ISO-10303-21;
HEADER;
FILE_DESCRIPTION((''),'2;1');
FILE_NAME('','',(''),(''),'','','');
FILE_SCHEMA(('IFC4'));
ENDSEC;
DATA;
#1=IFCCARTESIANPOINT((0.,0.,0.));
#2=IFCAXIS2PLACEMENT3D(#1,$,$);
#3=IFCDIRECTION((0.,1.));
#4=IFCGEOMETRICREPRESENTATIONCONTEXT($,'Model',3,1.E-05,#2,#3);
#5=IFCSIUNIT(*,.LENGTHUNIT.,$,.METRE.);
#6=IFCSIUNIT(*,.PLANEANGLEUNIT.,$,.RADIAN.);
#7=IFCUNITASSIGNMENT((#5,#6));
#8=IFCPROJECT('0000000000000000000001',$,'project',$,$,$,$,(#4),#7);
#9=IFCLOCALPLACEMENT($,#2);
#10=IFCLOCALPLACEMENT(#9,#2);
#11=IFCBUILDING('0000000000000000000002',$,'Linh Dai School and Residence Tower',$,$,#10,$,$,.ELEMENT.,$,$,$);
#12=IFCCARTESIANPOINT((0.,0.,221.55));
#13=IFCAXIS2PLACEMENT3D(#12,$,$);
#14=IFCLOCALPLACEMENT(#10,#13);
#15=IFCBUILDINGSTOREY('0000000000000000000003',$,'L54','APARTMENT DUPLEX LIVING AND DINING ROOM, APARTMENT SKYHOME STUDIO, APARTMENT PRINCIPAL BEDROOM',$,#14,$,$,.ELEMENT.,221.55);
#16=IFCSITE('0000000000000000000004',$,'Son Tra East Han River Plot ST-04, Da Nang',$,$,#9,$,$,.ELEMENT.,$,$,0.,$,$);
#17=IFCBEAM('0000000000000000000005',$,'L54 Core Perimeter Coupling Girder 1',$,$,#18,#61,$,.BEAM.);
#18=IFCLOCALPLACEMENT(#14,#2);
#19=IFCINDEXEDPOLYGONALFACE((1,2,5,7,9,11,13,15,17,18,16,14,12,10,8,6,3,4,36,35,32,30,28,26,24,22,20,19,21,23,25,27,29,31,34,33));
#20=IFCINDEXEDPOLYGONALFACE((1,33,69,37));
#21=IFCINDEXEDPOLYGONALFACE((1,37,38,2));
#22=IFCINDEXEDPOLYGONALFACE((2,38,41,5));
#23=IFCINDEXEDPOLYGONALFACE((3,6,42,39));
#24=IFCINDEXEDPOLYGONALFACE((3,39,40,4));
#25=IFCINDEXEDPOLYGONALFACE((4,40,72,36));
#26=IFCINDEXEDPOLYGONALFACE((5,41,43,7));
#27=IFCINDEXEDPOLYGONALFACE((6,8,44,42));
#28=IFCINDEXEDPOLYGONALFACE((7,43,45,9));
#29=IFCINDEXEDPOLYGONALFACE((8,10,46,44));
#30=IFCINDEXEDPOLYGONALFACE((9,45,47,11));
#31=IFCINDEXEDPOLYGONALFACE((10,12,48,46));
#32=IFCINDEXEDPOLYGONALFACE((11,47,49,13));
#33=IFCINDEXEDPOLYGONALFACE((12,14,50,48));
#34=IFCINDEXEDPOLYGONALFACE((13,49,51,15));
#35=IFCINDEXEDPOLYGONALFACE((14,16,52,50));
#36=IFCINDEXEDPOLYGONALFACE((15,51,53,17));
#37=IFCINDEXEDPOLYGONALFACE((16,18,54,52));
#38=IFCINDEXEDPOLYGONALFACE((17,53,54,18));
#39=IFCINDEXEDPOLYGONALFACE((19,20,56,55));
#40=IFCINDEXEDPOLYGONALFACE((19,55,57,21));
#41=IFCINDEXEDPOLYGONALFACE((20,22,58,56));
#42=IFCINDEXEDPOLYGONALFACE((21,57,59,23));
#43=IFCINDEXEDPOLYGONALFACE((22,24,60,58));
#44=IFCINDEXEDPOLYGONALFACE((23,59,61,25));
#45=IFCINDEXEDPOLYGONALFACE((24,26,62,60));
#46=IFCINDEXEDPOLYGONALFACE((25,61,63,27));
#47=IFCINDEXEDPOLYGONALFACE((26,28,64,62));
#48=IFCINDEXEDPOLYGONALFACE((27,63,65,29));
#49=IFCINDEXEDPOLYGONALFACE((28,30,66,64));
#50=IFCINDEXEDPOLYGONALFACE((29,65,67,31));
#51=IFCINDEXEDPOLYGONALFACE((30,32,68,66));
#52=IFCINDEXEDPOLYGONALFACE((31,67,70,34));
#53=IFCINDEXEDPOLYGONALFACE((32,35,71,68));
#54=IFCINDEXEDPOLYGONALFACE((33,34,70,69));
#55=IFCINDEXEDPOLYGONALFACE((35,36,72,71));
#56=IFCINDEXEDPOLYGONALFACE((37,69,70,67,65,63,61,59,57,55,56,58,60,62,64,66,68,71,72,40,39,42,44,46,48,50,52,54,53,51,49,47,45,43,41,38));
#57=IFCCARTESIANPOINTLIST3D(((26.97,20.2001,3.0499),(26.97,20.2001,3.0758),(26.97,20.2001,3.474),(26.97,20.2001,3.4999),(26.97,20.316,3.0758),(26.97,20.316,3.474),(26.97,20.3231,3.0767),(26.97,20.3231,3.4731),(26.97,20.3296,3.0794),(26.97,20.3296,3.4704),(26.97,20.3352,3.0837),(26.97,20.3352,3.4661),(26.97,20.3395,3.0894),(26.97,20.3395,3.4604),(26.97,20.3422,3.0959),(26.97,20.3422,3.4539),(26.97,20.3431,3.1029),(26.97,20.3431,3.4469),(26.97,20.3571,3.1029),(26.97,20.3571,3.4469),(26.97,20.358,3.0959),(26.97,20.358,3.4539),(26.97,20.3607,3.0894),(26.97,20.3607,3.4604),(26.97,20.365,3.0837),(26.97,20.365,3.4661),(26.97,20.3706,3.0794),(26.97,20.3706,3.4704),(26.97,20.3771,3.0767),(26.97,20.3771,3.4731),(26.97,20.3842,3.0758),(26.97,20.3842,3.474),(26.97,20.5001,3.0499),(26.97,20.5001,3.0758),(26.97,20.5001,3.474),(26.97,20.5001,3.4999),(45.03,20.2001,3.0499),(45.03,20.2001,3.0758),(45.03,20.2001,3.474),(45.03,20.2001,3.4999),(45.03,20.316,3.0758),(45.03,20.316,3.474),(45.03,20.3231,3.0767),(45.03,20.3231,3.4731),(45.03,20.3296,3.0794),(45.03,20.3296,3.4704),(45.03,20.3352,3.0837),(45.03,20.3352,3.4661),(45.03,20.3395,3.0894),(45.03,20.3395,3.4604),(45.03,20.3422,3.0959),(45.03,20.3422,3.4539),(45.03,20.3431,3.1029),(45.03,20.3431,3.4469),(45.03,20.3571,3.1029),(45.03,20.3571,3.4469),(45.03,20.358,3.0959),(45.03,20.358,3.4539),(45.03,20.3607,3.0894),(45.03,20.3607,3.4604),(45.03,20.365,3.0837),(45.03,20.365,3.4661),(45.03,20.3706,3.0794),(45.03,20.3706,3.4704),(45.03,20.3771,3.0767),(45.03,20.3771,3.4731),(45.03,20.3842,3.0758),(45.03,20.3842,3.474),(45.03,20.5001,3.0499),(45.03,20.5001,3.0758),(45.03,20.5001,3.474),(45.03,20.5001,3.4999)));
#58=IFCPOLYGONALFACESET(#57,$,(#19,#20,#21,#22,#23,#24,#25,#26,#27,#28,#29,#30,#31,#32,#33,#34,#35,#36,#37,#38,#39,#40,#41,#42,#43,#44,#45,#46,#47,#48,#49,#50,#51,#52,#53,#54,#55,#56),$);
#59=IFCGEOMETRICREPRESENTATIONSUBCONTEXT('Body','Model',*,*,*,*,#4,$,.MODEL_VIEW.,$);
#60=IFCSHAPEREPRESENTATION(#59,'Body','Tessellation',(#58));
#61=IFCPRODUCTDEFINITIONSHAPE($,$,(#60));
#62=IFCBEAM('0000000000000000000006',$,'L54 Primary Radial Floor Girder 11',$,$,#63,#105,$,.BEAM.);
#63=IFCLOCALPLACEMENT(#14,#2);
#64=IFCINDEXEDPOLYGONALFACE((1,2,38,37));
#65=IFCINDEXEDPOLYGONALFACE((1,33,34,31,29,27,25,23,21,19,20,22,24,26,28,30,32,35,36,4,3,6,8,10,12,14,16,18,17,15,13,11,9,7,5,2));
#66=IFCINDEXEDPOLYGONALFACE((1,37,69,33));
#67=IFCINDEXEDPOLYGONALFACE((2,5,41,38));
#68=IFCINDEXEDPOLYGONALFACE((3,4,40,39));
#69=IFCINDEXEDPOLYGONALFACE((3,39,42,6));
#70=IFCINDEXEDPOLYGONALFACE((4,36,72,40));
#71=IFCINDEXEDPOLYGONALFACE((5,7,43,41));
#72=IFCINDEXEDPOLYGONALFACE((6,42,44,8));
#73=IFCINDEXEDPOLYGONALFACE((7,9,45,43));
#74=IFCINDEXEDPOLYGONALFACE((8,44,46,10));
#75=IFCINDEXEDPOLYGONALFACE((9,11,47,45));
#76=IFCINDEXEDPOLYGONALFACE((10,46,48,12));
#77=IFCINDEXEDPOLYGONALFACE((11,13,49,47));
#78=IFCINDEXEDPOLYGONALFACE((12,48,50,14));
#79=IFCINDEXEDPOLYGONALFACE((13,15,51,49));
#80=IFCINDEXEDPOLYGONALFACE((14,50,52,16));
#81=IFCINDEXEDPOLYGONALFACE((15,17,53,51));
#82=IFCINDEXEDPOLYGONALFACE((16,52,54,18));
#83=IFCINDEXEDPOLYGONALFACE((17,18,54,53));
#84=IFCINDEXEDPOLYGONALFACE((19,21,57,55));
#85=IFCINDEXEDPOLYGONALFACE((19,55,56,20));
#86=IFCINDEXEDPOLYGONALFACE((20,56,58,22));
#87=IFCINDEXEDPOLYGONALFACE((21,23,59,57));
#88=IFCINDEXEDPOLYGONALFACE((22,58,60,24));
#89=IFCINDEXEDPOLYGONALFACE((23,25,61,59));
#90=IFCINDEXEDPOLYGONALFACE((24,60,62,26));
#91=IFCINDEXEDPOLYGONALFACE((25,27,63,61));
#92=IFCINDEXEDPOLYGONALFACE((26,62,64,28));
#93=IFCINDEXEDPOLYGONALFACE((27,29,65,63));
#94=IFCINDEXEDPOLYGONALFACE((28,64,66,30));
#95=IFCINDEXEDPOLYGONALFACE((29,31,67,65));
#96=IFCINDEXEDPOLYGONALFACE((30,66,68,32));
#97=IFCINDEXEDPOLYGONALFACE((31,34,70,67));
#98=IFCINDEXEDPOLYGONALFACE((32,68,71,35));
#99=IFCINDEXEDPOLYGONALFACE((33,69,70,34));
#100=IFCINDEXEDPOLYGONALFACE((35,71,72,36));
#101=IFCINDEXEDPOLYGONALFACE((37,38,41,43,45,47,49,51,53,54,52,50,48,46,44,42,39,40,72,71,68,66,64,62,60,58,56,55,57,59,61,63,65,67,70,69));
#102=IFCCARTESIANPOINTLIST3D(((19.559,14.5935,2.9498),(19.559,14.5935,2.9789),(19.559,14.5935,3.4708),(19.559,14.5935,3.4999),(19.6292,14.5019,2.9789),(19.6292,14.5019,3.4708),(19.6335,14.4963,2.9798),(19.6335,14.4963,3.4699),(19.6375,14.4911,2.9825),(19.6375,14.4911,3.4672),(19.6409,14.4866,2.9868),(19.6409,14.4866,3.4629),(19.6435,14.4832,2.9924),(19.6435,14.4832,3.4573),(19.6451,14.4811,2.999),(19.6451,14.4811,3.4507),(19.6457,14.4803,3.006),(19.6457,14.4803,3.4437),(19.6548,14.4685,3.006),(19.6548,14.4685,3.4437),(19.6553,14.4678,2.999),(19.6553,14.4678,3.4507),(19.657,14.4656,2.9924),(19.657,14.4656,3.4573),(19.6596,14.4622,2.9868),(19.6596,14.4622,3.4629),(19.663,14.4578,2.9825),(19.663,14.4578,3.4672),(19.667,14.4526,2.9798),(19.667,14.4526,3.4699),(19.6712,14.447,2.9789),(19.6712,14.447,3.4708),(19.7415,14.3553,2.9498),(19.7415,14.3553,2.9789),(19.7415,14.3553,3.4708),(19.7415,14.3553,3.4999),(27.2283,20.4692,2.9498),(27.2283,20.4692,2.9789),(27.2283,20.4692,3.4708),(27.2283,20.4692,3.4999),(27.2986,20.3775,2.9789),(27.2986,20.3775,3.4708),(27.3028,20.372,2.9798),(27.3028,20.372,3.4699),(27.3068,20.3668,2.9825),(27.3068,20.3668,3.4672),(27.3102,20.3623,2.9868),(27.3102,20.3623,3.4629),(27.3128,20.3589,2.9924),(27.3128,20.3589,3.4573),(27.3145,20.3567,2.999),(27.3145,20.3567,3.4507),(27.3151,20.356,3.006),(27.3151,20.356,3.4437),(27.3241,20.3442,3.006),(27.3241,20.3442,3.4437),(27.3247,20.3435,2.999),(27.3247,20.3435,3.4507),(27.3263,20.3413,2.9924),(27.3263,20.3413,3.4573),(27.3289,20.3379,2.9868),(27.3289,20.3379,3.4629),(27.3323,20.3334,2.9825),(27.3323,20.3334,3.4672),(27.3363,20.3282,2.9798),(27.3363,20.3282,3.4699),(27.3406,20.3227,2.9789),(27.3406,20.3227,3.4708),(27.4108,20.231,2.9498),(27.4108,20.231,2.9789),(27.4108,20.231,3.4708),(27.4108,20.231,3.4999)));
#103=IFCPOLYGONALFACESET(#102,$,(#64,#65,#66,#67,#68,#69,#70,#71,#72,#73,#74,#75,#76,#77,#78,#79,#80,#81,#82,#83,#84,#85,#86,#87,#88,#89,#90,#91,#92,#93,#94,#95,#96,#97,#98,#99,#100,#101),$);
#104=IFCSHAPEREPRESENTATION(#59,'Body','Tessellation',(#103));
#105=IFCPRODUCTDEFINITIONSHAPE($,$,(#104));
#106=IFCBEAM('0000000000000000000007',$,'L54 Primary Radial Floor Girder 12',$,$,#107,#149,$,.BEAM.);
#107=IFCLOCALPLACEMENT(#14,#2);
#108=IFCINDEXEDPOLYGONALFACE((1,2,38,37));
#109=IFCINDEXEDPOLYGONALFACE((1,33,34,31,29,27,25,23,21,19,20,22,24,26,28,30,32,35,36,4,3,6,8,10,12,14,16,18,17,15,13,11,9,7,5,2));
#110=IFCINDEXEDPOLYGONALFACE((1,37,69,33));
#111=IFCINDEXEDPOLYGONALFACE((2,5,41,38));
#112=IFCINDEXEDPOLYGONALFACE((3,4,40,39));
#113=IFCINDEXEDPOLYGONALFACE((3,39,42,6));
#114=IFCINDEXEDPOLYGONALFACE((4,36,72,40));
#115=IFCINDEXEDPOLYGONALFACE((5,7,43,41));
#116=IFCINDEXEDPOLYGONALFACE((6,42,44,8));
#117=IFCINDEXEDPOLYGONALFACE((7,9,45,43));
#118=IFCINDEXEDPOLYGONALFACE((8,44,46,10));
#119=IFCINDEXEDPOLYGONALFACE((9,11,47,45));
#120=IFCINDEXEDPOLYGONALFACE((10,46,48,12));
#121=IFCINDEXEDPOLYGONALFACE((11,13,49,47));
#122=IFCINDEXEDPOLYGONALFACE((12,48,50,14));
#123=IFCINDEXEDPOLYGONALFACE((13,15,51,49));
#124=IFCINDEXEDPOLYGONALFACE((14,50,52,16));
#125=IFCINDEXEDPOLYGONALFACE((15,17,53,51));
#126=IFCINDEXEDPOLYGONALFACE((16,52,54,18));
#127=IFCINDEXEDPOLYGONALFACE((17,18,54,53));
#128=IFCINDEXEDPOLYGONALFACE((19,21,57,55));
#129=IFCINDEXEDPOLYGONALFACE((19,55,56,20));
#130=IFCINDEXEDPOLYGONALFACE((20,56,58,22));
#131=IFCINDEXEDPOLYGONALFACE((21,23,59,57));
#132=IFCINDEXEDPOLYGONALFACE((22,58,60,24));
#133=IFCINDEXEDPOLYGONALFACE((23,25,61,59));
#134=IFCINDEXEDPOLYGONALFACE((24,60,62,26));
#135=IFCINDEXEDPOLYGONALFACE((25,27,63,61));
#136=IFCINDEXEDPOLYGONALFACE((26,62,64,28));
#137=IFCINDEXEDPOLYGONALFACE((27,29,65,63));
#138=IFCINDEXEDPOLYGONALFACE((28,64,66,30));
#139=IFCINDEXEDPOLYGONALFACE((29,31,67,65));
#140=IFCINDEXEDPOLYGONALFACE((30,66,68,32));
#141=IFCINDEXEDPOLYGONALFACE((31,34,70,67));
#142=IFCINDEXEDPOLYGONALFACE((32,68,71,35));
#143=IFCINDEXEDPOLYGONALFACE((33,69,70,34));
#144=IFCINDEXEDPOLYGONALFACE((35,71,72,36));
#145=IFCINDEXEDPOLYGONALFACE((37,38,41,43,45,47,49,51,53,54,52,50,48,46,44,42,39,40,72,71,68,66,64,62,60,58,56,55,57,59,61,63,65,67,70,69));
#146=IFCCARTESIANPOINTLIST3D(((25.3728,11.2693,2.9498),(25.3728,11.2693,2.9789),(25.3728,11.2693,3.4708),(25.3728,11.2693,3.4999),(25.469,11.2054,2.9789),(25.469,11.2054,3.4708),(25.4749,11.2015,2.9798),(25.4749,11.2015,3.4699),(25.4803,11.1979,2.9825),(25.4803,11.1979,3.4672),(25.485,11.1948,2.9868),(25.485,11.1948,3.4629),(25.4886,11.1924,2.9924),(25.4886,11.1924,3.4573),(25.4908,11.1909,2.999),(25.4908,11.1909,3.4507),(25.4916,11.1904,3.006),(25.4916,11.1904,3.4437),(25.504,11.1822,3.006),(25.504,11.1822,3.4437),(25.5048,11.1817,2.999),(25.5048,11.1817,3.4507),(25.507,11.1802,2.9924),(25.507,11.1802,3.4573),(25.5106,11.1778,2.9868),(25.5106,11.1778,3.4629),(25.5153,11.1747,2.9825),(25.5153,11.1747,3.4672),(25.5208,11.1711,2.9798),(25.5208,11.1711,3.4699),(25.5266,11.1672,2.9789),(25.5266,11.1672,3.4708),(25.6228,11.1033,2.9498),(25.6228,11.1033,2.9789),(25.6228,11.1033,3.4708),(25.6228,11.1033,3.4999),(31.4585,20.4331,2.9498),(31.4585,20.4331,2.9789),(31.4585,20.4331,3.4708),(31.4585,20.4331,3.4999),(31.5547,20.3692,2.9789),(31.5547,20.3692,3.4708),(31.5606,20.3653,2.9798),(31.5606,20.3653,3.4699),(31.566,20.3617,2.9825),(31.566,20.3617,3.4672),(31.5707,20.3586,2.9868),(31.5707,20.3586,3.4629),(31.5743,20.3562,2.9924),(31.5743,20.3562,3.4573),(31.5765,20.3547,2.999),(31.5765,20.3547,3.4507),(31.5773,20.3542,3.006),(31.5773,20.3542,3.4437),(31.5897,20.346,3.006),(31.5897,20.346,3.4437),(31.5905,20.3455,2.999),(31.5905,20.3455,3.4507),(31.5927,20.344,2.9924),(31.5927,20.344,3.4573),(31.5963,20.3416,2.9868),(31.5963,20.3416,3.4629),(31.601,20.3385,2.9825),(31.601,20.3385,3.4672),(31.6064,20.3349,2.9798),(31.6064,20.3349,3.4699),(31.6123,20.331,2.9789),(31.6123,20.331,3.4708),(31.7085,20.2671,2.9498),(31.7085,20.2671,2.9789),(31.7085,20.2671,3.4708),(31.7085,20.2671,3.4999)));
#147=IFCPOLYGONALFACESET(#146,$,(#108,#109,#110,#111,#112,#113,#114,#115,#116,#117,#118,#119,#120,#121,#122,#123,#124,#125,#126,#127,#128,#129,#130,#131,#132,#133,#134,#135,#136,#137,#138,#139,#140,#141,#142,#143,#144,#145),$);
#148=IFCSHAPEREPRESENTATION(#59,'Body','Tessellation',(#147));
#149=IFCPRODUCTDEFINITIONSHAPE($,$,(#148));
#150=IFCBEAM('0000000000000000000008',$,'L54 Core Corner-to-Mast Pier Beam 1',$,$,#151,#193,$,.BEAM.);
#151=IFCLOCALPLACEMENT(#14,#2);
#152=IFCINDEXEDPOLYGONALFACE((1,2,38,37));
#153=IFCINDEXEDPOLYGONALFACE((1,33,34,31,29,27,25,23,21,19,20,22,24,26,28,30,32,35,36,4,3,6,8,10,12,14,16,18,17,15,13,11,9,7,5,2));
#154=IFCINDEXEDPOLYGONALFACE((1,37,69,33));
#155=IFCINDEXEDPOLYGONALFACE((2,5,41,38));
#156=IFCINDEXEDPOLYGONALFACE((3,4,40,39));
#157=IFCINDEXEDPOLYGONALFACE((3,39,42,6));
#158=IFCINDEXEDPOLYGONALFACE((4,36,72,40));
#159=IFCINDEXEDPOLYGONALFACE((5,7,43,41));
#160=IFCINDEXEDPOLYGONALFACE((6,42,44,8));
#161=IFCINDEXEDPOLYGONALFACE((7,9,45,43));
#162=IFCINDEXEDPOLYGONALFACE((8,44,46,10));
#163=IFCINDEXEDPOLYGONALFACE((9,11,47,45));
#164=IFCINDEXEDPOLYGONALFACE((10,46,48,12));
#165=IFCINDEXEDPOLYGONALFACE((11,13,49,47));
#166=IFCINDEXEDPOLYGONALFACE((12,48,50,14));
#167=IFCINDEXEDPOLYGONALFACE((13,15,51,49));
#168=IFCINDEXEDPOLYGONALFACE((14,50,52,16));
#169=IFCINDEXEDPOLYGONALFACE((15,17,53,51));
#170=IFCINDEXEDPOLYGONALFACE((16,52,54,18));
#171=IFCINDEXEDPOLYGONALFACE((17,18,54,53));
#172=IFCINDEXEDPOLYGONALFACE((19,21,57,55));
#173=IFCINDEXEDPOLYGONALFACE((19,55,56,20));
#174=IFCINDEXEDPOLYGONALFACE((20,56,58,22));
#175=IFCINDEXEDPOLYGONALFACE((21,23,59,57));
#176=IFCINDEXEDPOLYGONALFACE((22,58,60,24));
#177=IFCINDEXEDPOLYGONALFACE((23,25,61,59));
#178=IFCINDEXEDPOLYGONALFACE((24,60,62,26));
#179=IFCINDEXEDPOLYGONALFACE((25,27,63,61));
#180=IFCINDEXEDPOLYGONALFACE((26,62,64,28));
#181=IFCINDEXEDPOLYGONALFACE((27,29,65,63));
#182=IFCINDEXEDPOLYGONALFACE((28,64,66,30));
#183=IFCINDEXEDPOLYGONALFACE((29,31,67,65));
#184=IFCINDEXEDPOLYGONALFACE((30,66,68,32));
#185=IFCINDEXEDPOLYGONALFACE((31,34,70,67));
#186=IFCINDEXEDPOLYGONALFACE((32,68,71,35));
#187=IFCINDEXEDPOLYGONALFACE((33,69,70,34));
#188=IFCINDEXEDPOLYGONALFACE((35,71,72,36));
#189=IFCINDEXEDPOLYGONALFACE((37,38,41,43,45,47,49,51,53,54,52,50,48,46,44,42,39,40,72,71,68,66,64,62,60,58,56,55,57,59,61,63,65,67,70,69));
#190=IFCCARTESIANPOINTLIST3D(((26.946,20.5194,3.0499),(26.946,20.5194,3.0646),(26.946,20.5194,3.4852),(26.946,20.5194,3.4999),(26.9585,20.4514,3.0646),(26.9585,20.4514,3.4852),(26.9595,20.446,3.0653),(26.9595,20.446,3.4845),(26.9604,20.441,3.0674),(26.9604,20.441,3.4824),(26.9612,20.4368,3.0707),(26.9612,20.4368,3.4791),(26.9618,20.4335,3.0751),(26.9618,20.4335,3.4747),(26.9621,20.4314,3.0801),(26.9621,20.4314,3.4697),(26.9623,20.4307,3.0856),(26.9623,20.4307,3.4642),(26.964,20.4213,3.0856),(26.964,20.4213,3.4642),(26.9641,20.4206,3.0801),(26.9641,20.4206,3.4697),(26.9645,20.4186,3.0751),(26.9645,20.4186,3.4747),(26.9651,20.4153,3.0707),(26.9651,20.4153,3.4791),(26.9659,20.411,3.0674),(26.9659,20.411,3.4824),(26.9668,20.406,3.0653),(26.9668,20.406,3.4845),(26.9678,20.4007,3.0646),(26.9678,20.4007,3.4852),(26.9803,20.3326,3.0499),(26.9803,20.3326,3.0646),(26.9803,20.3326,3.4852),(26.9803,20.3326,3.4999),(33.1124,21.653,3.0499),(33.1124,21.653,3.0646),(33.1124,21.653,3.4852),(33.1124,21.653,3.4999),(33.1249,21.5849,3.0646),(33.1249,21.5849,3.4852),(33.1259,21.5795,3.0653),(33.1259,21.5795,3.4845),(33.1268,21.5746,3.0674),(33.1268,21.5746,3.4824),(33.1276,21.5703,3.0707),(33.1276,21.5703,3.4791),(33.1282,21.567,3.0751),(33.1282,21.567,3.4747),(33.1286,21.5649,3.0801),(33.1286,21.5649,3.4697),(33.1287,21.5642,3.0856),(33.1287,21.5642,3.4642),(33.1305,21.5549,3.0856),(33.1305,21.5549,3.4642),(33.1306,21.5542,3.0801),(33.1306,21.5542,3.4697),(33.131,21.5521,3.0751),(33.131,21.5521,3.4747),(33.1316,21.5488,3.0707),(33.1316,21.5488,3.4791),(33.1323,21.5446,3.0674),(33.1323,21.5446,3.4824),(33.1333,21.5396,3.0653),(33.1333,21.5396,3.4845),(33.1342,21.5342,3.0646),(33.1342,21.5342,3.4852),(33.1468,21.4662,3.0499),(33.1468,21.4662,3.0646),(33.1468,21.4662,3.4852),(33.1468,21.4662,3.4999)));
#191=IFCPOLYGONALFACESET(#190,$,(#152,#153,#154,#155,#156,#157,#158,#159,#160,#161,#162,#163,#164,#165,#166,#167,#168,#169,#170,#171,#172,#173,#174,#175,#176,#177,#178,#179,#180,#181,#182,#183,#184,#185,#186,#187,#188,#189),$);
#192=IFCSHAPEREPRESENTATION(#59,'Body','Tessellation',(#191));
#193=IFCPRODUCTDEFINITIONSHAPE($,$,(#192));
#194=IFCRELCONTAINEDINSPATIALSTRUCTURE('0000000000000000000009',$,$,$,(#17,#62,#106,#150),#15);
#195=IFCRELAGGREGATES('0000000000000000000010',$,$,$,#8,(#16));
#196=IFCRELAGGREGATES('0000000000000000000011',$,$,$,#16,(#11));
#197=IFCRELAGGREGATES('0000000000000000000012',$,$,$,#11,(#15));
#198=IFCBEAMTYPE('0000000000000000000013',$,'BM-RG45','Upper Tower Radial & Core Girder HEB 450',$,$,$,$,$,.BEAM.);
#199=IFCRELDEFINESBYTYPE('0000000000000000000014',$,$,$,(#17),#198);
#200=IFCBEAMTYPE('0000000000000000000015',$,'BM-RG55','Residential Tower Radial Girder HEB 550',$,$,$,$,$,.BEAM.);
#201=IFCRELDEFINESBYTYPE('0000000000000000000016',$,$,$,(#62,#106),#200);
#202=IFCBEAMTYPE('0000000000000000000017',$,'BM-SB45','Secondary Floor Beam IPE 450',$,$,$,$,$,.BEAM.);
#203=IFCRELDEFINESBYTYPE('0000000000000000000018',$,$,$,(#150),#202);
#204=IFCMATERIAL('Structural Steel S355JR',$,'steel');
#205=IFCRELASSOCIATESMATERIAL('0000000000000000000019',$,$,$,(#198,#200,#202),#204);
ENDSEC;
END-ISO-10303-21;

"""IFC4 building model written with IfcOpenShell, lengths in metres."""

from ifc_helpers import new_model, si_unit, direction, frame, origin, origin_2d, place, context, subcontext, project, spatial, i_section, extrude, material, material_profile, profile_set, type_object, element, save


model = new_model("IFC4")

# Units and contexts
model_context = context("Model", 3, precision=1e-05, world=origin(), true_north=direction((0.0, 1.0)))
body_context = subcontext(model_context, "Body", "Model", "MODEL_VIEW")
ifc_project = project(units=[si_unit("LENGTHUNIT", "METRE"), si_unit("PLANEANGLEUNIT", "RADIAN")], contexts=[model_context])

# Site, building, storey
site_placement = place(None, origin())
site = spatial("IfcSite", under=ifc_project, at=site_placement, Name="Son Tra East Han River Plot ST-04, Da Nang", CompositionType="ELEMENT", RefElevation=0.0)
building_placement = place(site_placement, origin())
building = spatial("IfcBuilding", under=site, at=building_placement, Name="Linh Dai School and Residence Tower", CompositionType="ELEMENT")
storey_placement = place(building_placement, frame((0.0, 0.0, 221.55)))
storey = spatial("IfcBuildingStorey", under=building, at=storey_placement, Name="L54", Description="APARTMENT DUPLEX LIVING AND DINING ROOM, APARTMENT SKYHOME STUDIO, APARTMENT PRINCIPAL BEDROOM", CompositionType="ELEMENT", Elevation=221.55)

# Shared definitions
ifc_material_1 = material(Name="Structural Steel S355JR", Category="steel")

# Beams
ifc_material_profile_1 = material_profile(ifc_material_1, i_section(OverallWidth=0.3, OverallDepth=0.45, WebThickness=0.0139, FlangeThickness=0.0259, FilletRadius=0.0271, at=origin_2d()), Name="HEB 450")
ifc_profile_set_1 = profile_set([ifc_material_profile_1], Name="Structural Steel S355JR")
beam_type_1 = type_object("IfcBeamType", Name="BM-RG45", Description="Upper Tower Radial & Core Girder HEB 450", PredefinedType="BEAM", material=ifc_profile_set_1)
beam_1_placement = place(storey_placement, frame((26.97, 20.3501, 3.2749), z_axis=(1.0, 0.0, 0.0), x_axis=(0.0, 1.0, 0.0)))
element("IfcBeam", 1, at=beam_1_placement, inside=storey, type_object=beam_type_1, Name="L54 Core Perimeter Coupling Girder 1", PredefinedType="BEAM", context=body_context, shape_type="SweptSolid", body=[
    extrude(i_section(OverallWidth=0.3, OverallDepth=0.45, WebThickness=0.0139, FlangeThickness=0.0259, FilletRadius=0.0271, at=origin_2d()), origin(), (0.0, 0.0, 1.0), 18.0601),
])
ifc_material_profile_2 = material_profile(ifc_material_1, i_section(OverallWidth=0.3, OverallDepth=0.55, WebThickness=0.0149, FlangeThickness=0.0291, FilletRadius=0.0271, at=origin_2d()), Name="HEB 550")
ifc_profile_set_2 = profile_set([ifc_material_profile_2], Name="Structural Steel S355JR")
beam_type_2 = type_object("IfcBeamType", Name="BM-RG55", Description="Residential Tower Radial Girder HEB 550", PredefinedType="BEAM", material=ifc_profile_set_2)
beam_2_placement = place(storey_placement, frame((27.3196, 20.3501, 3.2249), z_axis=(-0.793815, -0.60816, 0.0), x_axis=(0.60816, -0.793815, 0.0)))
element("IfcBeam", 2, at=beam_2_placement, inside=storey, type_object=beam_type_2, Name="L54 Primary Radial Floor Girder 11", PredefinedType="BEAM", context=body_context, shape_type="SweptSolid", body=[
    extrude(i_section(OverallWidth=0.3, OverallDepth=0.55, WebThickness=0.0149, FlangeThickness=0.0291, FilletRadius=0.0271, at=origin_2d()), origin(), (0.0, 0.0, 1.0), 9.6614),
])
beam_3_placement = place(storey_placement, frame((31.5835, 20.3501, 3.2249), z_axis=(-0.553219, -0.833036, 0.0), x_axis=(0.833036, -0.553219, 0.0)))
element("IfcBeam", 3, at=beam_3_placement, inside=storey, type_object=beam_type_2, Name="L54 Primary Radial Floor Girder 12", PredefinedType="BEAM", context=body_context, shape_type="SweptSolid", body=[
    extrude(i_section(OverallWidth=0.3, OverallDepth=0.55, WebThickness=0.0149, FlangeThickness=0.0291, FilletRadius=0.0271, at=origin_2d()), origin(), (0.0, 0.0, 1.0), 11.0005),
])
ifc_material_profile_3 = material_profile(ifc_material_1, i_section(OverallWidth=0.1899, OverallDepth=0.45, WebThickness=0.0095, FlangeThickness=0.0146, FilletRadius=0.021, at=origin_2d()), Name="IPE 450")
ifc_profile_set_3 = profile_set([ifc_material_profile_3], Name="Structural Steel S355JR")
beam_type_3 = type_object("IfcBeamType", Name="BM-SB45", Description="Secondary Floor Beam IPE 450", PredefinedType="BEAM", material=ifc_profile_set_3)
beam_4_placement = place(storey_placement, frame((26.9631, 20.426, 3.2749), z_axis=(0.983521, 0.180794, 0.0), x_axis=(-0.180794, 0.983521, 0.0)))
element("IfcBeam", 4, at=beam_4_placement, inside=storey, type_object=beam_type_3, Name="L54 Core Corner-to-Mast Pier Beam 1", PredefinedType="BEAM", context=body_context, shape_type="SweptSolid", body=[
    extrude(i_section(OverallWidth=0.1899, OverallDepth=0.45, WebThickness=0.0095, FlangeThickness=0.0146, FilletRadius=0.021, at=origin_2d()), origin(), (0.0, 0.0, 1.0), 6.2698),
])

save(model, "model.ifc")
